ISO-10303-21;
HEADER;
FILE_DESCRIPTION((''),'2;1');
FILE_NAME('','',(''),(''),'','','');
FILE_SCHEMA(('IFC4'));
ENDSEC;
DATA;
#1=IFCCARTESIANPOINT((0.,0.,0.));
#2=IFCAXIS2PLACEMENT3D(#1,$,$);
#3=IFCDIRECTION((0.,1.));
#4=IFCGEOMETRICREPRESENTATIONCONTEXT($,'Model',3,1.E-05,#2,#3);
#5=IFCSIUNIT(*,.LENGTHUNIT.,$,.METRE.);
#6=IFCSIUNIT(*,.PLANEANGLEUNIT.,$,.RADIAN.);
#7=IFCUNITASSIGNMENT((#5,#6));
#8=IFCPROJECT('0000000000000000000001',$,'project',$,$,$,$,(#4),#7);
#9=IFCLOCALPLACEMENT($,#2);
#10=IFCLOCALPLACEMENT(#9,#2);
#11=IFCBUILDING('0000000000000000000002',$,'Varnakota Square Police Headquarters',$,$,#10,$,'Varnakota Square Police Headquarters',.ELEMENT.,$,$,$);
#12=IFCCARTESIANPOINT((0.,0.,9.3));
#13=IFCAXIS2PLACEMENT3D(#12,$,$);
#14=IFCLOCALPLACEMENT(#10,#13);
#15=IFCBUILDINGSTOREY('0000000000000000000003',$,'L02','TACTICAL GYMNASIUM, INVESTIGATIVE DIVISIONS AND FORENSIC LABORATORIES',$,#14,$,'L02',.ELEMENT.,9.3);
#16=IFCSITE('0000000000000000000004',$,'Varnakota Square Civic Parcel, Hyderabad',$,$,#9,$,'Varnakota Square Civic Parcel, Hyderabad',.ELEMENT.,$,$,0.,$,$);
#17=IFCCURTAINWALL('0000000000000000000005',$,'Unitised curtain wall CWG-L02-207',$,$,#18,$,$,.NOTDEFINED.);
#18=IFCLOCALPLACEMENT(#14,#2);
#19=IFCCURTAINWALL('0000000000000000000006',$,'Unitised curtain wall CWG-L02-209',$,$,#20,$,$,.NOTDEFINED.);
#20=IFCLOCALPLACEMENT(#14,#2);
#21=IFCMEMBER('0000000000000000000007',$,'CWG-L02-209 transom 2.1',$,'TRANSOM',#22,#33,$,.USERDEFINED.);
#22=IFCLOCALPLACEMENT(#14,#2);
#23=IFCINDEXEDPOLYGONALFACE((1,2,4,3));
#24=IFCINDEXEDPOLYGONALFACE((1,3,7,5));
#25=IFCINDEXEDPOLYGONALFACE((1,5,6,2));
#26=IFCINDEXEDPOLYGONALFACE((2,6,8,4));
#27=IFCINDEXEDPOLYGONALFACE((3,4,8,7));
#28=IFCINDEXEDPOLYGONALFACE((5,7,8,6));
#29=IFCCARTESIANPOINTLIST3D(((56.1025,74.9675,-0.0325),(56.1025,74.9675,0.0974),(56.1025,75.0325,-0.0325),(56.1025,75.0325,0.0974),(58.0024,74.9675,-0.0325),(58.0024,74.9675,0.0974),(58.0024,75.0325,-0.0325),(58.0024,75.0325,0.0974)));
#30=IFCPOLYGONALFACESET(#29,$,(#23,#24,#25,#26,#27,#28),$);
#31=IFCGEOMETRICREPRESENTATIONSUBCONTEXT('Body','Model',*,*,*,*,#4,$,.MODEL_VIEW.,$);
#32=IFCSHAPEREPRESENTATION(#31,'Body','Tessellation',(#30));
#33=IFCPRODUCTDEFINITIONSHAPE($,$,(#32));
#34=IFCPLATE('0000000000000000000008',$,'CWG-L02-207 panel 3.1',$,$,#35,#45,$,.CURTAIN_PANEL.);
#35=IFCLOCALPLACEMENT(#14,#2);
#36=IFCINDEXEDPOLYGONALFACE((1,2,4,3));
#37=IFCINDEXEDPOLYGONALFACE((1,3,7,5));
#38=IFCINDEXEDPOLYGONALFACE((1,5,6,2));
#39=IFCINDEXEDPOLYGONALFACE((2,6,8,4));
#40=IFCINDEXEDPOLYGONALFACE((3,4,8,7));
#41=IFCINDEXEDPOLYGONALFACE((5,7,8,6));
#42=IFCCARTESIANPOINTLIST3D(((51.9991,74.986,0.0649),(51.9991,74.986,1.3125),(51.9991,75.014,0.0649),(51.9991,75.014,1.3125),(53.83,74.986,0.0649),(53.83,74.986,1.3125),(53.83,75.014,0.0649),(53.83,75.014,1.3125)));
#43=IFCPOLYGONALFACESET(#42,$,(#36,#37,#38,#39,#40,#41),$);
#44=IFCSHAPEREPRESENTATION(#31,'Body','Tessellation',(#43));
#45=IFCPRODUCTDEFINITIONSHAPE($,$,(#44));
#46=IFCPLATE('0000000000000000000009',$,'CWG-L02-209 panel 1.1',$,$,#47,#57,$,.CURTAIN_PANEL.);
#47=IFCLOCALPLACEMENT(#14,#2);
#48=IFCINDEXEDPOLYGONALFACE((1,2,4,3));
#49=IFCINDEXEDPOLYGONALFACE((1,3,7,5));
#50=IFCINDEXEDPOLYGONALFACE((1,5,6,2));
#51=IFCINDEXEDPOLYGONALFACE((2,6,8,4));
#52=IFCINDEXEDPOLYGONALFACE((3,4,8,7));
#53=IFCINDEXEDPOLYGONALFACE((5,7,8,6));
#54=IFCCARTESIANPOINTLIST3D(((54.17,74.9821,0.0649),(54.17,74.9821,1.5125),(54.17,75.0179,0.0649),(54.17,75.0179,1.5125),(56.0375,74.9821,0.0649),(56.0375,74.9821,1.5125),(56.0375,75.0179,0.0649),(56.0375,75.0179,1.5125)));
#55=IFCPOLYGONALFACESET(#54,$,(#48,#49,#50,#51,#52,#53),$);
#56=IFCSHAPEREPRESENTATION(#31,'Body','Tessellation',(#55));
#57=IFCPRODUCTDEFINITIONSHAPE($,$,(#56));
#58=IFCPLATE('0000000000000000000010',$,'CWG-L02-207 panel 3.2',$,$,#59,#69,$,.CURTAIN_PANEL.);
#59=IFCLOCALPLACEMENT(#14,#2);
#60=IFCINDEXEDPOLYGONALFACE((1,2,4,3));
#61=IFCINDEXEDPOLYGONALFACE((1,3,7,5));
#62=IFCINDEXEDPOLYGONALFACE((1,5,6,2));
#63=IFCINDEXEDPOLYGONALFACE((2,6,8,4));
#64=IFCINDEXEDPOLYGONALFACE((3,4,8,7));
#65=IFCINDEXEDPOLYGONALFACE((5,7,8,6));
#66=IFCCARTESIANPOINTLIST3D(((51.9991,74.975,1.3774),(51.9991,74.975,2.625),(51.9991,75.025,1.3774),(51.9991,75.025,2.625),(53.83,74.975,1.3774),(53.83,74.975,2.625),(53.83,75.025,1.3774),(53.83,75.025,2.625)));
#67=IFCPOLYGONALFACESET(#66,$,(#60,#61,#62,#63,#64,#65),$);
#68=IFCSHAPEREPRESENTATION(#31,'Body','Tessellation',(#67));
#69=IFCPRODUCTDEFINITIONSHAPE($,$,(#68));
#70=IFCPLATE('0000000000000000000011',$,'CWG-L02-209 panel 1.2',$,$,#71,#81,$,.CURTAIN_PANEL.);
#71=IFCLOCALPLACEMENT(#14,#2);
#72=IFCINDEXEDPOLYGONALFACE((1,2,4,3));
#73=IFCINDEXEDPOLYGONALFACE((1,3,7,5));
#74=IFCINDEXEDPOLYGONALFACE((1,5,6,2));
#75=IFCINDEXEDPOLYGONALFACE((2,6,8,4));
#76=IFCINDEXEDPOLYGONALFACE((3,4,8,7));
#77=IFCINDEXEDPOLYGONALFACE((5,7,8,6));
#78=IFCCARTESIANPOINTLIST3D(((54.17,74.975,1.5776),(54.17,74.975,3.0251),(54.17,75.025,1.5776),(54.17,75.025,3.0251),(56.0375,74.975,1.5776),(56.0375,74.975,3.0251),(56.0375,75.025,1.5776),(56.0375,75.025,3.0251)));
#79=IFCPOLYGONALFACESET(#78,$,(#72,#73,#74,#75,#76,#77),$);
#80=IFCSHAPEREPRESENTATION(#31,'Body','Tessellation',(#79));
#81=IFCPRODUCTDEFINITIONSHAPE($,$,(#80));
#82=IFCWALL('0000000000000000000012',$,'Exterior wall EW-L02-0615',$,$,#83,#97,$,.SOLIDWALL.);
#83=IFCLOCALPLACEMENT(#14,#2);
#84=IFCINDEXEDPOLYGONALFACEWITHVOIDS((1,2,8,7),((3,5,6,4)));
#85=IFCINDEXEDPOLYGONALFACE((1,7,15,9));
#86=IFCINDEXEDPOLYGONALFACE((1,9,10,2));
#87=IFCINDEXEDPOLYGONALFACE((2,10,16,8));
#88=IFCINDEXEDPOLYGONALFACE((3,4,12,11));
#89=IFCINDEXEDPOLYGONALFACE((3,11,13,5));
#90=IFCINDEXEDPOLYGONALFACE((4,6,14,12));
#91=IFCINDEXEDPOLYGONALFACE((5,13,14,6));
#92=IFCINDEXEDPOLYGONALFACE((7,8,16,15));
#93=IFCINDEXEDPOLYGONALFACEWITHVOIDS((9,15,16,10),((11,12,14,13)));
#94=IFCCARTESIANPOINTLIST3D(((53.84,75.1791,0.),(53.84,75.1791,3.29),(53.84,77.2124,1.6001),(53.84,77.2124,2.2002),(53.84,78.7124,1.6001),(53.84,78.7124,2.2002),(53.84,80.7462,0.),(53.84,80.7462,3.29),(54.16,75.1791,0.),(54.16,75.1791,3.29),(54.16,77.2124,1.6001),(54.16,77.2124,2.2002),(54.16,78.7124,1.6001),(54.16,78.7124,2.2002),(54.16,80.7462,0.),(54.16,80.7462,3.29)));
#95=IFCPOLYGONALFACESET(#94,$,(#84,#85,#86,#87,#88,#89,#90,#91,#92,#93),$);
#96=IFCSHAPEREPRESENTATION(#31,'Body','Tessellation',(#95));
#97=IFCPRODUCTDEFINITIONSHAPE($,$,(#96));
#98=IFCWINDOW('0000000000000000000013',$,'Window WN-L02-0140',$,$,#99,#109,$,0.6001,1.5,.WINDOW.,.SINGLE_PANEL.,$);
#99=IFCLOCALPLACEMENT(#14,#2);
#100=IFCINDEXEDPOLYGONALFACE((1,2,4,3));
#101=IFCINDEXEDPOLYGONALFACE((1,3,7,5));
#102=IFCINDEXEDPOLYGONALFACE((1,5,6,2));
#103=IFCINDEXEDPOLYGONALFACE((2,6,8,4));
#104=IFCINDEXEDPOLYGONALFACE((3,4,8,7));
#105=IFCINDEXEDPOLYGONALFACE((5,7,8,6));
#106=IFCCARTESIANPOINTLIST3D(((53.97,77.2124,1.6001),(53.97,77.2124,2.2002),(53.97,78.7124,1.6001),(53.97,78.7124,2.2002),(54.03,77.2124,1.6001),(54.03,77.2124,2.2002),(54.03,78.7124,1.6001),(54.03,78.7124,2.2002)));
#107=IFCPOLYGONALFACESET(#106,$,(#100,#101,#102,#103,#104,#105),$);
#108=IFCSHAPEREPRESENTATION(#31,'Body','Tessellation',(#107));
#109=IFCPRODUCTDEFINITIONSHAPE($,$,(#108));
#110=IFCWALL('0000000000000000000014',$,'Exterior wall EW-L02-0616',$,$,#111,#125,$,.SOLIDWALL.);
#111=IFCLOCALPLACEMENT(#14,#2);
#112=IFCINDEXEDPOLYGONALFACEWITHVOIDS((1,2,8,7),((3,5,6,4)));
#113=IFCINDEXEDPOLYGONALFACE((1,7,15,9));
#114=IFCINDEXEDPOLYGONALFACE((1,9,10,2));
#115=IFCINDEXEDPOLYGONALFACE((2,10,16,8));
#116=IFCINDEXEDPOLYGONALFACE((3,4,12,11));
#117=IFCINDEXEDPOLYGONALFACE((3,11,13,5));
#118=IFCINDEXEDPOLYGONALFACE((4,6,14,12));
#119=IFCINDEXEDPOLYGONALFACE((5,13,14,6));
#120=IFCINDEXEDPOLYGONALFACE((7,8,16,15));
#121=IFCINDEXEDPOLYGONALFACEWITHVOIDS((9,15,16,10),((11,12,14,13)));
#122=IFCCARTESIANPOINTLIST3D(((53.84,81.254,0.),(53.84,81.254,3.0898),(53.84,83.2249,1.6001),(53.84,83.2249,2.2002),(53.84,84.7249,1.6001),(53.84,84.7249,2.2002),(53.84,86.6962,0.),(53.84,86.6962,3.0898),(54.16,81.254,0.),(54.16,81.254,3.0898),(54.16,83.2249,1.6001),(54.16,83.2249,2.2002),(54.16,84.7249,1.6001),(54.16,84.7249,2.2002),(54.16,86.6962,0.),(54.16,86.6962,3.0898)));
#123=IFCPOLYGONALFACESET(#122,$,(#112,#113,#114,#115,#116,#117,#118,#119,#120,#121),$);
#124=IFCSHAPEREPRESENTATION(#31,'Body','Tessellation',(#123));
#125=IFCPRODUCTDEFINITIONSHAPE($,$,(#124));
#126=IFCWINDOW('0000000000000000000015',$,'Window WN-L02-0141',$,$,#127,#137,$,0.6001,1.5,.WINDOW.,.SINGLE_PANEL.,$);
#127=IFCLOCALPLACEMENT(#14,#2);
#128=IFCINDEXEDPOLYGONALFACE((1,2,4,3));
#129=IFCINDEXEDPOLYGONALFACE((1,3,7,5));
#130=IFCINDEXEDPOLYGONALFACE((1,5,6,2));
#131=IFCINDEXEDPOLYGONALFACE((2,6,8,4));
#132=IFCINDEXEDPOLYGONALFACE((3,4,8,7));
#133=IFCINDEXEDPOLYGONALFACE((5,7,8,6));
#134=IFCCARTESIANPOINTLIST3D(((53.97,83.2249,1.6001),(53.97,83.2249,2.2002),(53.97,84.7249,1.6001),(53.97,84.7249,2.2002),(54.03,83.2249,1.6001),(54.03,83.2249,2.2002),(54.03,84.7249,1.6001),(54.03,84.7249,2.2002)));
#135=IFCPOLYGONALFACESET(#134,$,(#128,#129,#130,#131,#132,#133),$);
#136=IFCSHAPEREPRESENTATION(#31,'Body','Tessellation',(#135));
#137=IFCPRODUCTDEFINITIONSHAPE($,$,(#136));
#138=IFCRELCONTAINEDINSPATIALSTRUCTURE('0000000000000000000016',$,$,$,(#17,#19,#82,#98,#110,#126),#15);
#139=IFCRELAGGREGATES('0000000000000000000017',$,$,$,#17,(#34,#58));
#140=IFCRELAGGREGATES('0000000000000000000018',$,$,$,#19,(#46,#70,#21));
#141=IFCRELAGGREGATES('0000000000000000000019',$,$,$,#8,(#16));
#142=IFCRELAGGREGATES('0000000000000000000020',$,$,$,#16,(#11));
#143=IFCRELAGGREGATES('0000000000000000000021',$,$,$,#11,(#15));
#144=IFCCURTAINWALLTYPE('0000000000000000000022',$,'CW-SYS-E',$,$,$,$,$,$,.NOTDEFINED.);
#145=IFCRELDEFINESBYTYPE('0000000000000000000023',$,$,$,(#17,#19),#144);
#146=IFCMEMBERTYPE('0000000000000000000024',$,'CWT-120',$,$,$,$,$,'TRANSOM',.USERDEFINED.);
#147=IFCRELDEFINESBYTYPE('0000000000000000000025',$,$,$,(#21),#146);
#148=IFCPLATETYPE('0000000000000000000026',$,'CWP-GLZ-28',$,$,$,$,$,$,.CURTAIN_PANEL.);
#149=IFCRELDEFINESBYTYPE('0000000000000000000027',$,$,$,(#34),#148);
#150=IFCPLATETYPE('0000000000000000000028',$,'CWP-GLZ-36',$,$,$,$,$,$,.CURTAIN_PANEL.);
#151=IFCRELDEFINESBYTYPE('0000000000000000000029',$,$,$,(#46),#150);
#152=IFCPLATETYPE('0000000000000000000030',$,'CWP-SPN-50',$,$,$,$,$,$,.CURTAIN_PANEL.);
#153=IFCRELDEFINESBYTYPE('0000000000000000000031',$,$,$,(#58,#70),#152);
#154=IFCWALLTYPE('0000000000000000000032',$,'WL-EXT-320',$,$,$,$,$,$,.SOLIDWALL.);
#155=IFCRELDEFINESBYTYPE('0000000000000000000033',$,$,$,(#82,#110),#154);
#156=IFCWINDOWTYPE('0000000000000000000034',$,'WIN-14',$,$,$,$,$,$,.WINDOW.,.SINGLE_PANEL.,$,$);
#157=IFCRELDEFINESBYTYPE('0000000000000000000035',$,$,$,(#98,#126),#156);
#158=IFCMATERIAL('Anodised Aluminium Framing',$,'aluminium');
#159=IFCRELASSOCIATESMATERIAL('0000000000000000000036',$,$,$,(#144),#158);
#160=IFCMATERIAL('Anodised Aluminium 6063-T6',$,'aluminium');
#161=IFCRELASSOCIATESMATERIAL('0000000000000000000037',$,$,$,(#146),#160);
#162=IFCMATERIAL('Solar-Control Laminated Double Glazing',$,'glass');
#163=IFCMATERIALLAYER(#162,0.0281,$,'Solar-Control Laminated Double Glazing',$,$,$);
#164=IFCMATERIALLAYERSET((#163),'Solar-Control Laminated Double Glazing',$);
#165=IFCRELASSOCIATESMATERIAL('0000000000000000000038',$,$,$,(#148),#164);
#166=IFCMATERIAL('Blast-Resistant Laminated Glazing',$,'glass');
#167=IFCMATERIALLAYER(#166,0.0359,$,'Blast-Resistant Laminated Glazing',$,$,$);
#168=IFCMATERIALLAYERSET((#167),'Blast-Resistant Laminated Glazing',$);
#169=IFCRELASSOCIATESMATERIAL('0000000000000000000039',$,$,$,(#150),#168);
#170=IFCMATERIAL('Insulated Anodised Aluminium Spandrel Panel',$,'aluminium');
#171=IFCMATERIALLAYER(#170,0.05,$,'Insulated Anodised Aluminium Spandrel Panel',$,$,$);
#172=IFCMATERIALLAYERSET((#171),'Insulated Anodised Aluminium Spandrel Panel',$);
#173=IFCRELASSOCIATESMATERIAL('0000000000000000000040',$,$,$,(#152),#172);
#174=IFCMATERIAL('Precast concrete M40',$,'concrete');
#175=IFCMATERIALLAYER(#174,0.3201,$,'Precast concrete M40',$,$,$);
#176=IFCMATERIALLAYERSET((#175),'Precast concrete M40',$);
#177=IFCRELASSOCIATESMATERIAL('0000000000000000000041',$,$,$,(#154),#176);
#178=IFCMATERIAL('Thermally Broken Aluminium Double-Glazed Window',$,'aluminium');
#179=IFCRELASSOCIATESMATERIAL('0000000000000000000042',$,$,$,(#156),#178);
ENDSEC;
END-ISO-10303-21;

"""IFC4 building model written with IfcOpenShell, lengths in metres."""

from ifc_helpers import new_model, si_unit, direction, frame, frame_2d, origin, origin_2d, place, context, subcontext, project, spatial, rectangle, extrude, material, layer, layer_set, material_profile, profile_set, type_object, element, fill, aggregate, save


model = new_model("IFC4")

# Units and contexts
model_context = context("Model", 3, precision=1e-05, world=origin(), true_north=direction((0.0, 1.0)))
body_context = subcontext(model_context, "Body", "Model", "MODEL_VIEW")
ifc_project = project(units=[si_unit("LENGTHUNIT", "METRE"), si_unit("PLANEANGLEUNIT", "RADIAN")], contexts=[model_context])

# Site, building, storey
site_placement = place(None, origin())
site = spatial("IfcSite", under=ifc_project, at=site_placement, Name="Varnakota Square Civic Parcel, Hyderabad", LongName="Varnakota Square Civic Parcel, Hyderabad", CompositionType="ELEMENT", RefElevation=0.0)
building_placement = place(site_placement, origin())
building = spatial("IfcBuilding", under=site, at=building_placement, Name="Varnakota Square Police Headquarters", LongName="Varnakota Square Police Headquarters", CompositionType="ELEMENT")
storey_placement = place(building_placement, frame((0.0, 0.0, 9.3)))
storey = spatial("IfcBuildingStorey", under=building, at=storey_placement, Name="L02", Description="TACTICAL GYMNASIUM, INVESTIGATIVE DIVISIONS AND FORENSIC LABORATORIES", LongName="L02", CompositionType="ELEMENT", Elevation=9.3)

# Curtain wall
ifc_material_1 = material(Name="Anodised Aluminium Framing", Category="aluminium")
curtain_wall_type = type_object("IfcCurtainWallType", Name="CW-SYS-E", PredefinedType="NOTDEFINED", material=ifc_material_1)
curtain_wall_1_placement = place(storey_placement, origin())
curtain_wall_1 = element("IfcCurtainWall", 1, at=curtain_wall_1_placement, inside=storey, type_object=curtain_wall_type, Name="Unitised curtain wall CWG-L02-207", PredefinedType="NOTDEFINED")
ifc_material_2 = material(Name="Anodised Aluminium 6063-T6", Category="aluminium")

# Curtain wall
curtain_wall_2_placement = place(storey_placement, origin())
curtain_wall_2 = element("IfcCurtainWall", 2, at=curtain_wall_2_placement, inside=storey, type_object=curtain_wall_type, Name="Unitised curtain wall CWG-L02-209", PredefinedType="NOTDEFINED")

# Member
ifc_material_profile_1 = material_profile(ifc_material_2, rectangle(XDim=0.0649, YDim=0.1299, at=origin_2d()), Name="ALU TRANSOM 65x130")
ifc_profile_set_1 = profile_set([ifc_material_profile_1], Name="Anodised Aluminium 6063-T6")
member_type_1 = type_object("IfcMemberType", Name="CWT-120", ElementType="TRANSOM", PredefinedType="USERDEFINED", material=ifc_profile_set_1)
member_1_placement = place(storey_placement, frame((56.1025, 75.0, 0.0325), z_axis=(1.0, 0.0, 0.0), x_axis=(0.0, 1.0, 0.0)))
member_1 = element("IfcMember", 3, at=member_1_placement, type_object=member_type_1, Name="CWG-L02-209 transom 2.1", ObjectType="TRANSOM", PredefinedType="USERDEFINED", context=body_context, shape_type="SweptSolid", body=[
    extrude(rectangle(XDim=0.0649, YDim=0.1299, at=origin_2d()), origin(), (0.0, 0.0, 1.0), 1.8999),
])

# Plates
ifc_material_3 = material(Name="Solar-Control Laminated Double Glazing", Category="glass")
ifc_layer_1 = layer(ifc_material_3, 0.0281, Name="Solar-Control Laminated Double Glazing")
ifc_layer_set_1 = layer_set([ifc_layer_1], Name="Solar-Control Laminated Double Glazing")
plate_type_1 = type_object("IfcPlateType", Name="CWP-GLZ-28", PredefinedType="CURTAIN_PANEL", material=ifc_layer_set_1)
plate_1_placement = place(storey_placement, frame((52.9146, 75.0, 0.0649), z_axis=(0.0, 0.0, 1.0), x_axis=(1.0, 0.0, 0.0)))
plate_1 = element("IfcPlate", 4, at=plate_1_placement, type_object=plate_type_1, Name="CWG-L02-207 panel 3.1", PredefinedType="CURTAIN_PANEL", context=body_context, shape_type="SweptSolid", body=[
    extrude(rectangle(XDim=1.8308, YDim=0.0281, at=origin_2d()), origin(), (0.0, 0.0, 1.0), 1.2476),
])
ifc_material_4 = material(Name="Blast-Resistant Laminated Glazing", Category="glass")
ifc_layer_2 = layer(ifc_material_4, 0.0359, Name="Blast-Resistant Laminated Glazing")
ifc_layer_set_2 = layer_set([ifc_layer_2], Name="Blast-Resistant Laminated Glazing")
plate_type_2 = type_object("IfcPlateType", Name="CWP-GLZ-36", PredefinedType="CURTAIN_PANEL", material=ifc_layer_set_2)
plate_2_placement = place(storey_placement, frame((55.1038, 75.0, 0.0649), z_axis=(0.0, 0.0, 1.0), x_axis=(1.0, 0.0, 0.0)))
plate_2 = element("IfcPlate", 5, at=plate_2_placement, type_object=plate_type_2, Name="CWG-L02-209 panel 1.1", PredefinedType="CURTAIN_PANEL", context=body_context, shape_type="SweptSolid", body=[
    extrude(rectangle(XDim=1.8674, YDim=0.0359, at=origin_2d()), origin(), (0.0, 0.0, 1.0), 1.4475),
])
ifc_material_5 = material(Name="Insulated Anodised Aluminium Spandrel Panel", Category="aluminium")
ifc_layer_3 = layer(ifc_material_5, 0.05, Name="Insulated Anodised Aluminium Spandrel Panel")
ifc_layer_set_3 = layer_set([ifc_layer_3], Name="Insulated Anodised Aluminium Spandrel Panel")
plate_type_3 = type_object("IfcPlateType", Name="CWP-SPN-50", PredefinedType="CURTAIN_PANEL", material=ifc_layer_set_3)
plate_3_placement = place(storey_placement, frame((52.9146, 75.0, 1.3774), z_axis=(0.0, 0.0, 1.0), x_axis=(1.0, 0.0, 0.0)))
plate_3 = element("IfcPlate", 6, at=plate_3_placement, type_object=plate_type_3, Name="CWG-L02-207 panel 3.2", PredefinedType="CURTAIN_PANEL", context=body_context, shape_type="SweptSolid", body=[
    extrude(rectangle(XDim=1.8308, YDim=0.05, at=origin_2d()), origin(), (0.0, 0.0, 1.0), 1.2476),
])
aggregate(curtain_wall_1, [plate_1, plate_3])
plate_4_placement = place(storey_placement, frame((55.1038, 75.0, 1.5776), z_axis=(0.0, 0.0, 1.0), x_axis=(1.0, 0.0, 0.0)))
plate_4 = element("IfcPlate", 7, at=plate_4_placement, type_object=plate_type_3, Name="CWG-L02-209 panel 1.2", PredefinedType="CURTAIN_PANEL", context=body_context, shape_type="SweptSolid", body=[
    extrude(rectangle(XDim=1.8674, YDim=0.05, at=origin_2d()), origin(), (0.0, 0.0, 1.0), 1.4475),
])
aggregate(curtain_wall_2, [plate_2, plate_4, member_1])

# Walls, openings, windows
ifc_material_6 = material(Name="Precast concrete M40", Category="concrete")
ifc_layer_4 = layer(ifc_material_6, 0.3201, Name="Precast concrete M40")
ifc_layer_set_4 = layer_set([ifc_layer_4], Name="Precast concrete M40")
wall_type = type_object("IfcWallType", Name="WL-EXT-320", PredefinedType="SOLIDWALL", material=ifc_layer_set_4)
wall_1_placement = place(storey_placement, frame((54.0, 75.179, 0.0), z_axis=(0.0, 0.0, 1.0), x_axis=(0.0, 1.0, 0.0)))
wall_1 = element("IfcWall", 8, at=wall_1_placement, inside=storey, type_object=wall_type, Name="Exterior wall EW-L02-0615", PredefinedType="SOLIDWALL", context=body_context, shape_type="SweptSolid", body=[
    extrude(rectangle(XDim=5.5671, YDim=0.3201, at=frame_2d((2.7837, 0.0))), origin(), (0.0, 0.0, 1.0), 3.29),
])
opening_1_placement = place(wall_1_placement, frame((2.0334, 0.0, 1.6001)))
opening_1 = element("IfcOpeningElement", 9, at=opening_1_placement, cuts=wall_1, PredefinedType="OPENING", context=body_context, shape_type="SweptSolid", body=[
    extrude(rectangle(XDim=1.5, YDim=0.6001, at=frame_2d((0.75, 0.3))), frame((0.0, 0.1699, 0.0), z_axis=(0.0, -1.0, 0.0), x_axis=(1.0, 0.0, 0.0)), (0.0, 0.0, 1.0), 0.3401),
])
ifc_material_7 = material(Name="Thermally Broken Aluminium Double-Glazed Window", Category="aluminium")
window_type = type_object("IfcWindowType", Name="WIN-14", PartitioningType="SINGLE_PANEL", PredefinedType="WINDOW", material=ifc_material_7)
window_1_placement = place(opening_1_placement, origin())
window_1 = element("IfcWindow", 10, at=window_1_placement, inside=storey, type_object=window_type, Name="Window WN-L02-0140", OverallHeight=0.6001, OverallWidth=1.5, PartitioningType="SINGLE_PANEL", PredefinedType="WINDOW", context=body_context, shape_type="SweptSolid", body=[
    extrude(rectangle(XDim=1.5, YDim=0.6001, at=frame_2d((0.75, 0.3))), frame((0.0, 0.03, 0.0), z_axis=(0.0, -1.0, 0.0), x_axis=(1.0, 0.0, 0.0)), (0.0, 0.0, 1.0), 0.0601),
])
fill(opening_1, window_1)
wall_2_placement = place(storey_placement, frame((54.0, 81.2539, 0.0), z_axis=(0.0, 0.0, 1.0), x_axis=(0.0, 1.0, 0.0)))
wall_2 = element("IfcWall", 11, at=wall_2_placement, inside=storey, type_object=wall_type, Name="Exterior wall EW-L02-0616", PredefinedType="SOLIDWALL", context=body_context, shape_type="SweptSolid", body=[
    extrude(rectangle(XDim=5.4421, YDim=0.3201, at=frame_2d((2.7212, 0.0))), origin(), (0.0, 0.0, 1.0), 3.0898),
])
opening_2_placement = place(wall_2_placement, frame((1.9709, 0.0, 1.6001)))
opening_2 = element("IfcOpeningElement", 12, at=opening_2_placement, cuts=wall_2, PredefinedType="OPENING", context=body_context, shape_type="SweptSolid", body=[
    extrude(rectangle(XDim=1.5, YDim=0.6001, at=frame_2d((0.75, 0.3))), frame((0.0, 0.1699, 0.0), z_axis=(0.0, -1.0, 0.0), x_axis=(1.0, 0.0, 0.0)), (0.0, 0.0, 1.0), 0.3401),
])
window_2_placement = place(opening_2_placement, origin())
window_2 = element("IfcWindow", 13, at=window_2_placement, inside=storey, type_object=window_type, Name="Window WN-L02-0141", OverallHeight=0.6001, OverallWidth=1.5, PartitioningType="SINGLE_PANEL", PredefinedType="WINDOW", context=body_context, shape_type="SweptSolid", body=[
    extrude(rectangle(XDim=1.5, YDim=0.6001, at=frame_2d((0.75, 0.3))), frame((0.0, 0.03, 0.0), z_axis=(0.0, -1.0, 0.0), x_axis=(1.0, 0.0, 0.0)), (0.0, 0.0, 1.0), 0.0601),
])
fill(opening_2, window_2)

save(model, "model.ifc")
